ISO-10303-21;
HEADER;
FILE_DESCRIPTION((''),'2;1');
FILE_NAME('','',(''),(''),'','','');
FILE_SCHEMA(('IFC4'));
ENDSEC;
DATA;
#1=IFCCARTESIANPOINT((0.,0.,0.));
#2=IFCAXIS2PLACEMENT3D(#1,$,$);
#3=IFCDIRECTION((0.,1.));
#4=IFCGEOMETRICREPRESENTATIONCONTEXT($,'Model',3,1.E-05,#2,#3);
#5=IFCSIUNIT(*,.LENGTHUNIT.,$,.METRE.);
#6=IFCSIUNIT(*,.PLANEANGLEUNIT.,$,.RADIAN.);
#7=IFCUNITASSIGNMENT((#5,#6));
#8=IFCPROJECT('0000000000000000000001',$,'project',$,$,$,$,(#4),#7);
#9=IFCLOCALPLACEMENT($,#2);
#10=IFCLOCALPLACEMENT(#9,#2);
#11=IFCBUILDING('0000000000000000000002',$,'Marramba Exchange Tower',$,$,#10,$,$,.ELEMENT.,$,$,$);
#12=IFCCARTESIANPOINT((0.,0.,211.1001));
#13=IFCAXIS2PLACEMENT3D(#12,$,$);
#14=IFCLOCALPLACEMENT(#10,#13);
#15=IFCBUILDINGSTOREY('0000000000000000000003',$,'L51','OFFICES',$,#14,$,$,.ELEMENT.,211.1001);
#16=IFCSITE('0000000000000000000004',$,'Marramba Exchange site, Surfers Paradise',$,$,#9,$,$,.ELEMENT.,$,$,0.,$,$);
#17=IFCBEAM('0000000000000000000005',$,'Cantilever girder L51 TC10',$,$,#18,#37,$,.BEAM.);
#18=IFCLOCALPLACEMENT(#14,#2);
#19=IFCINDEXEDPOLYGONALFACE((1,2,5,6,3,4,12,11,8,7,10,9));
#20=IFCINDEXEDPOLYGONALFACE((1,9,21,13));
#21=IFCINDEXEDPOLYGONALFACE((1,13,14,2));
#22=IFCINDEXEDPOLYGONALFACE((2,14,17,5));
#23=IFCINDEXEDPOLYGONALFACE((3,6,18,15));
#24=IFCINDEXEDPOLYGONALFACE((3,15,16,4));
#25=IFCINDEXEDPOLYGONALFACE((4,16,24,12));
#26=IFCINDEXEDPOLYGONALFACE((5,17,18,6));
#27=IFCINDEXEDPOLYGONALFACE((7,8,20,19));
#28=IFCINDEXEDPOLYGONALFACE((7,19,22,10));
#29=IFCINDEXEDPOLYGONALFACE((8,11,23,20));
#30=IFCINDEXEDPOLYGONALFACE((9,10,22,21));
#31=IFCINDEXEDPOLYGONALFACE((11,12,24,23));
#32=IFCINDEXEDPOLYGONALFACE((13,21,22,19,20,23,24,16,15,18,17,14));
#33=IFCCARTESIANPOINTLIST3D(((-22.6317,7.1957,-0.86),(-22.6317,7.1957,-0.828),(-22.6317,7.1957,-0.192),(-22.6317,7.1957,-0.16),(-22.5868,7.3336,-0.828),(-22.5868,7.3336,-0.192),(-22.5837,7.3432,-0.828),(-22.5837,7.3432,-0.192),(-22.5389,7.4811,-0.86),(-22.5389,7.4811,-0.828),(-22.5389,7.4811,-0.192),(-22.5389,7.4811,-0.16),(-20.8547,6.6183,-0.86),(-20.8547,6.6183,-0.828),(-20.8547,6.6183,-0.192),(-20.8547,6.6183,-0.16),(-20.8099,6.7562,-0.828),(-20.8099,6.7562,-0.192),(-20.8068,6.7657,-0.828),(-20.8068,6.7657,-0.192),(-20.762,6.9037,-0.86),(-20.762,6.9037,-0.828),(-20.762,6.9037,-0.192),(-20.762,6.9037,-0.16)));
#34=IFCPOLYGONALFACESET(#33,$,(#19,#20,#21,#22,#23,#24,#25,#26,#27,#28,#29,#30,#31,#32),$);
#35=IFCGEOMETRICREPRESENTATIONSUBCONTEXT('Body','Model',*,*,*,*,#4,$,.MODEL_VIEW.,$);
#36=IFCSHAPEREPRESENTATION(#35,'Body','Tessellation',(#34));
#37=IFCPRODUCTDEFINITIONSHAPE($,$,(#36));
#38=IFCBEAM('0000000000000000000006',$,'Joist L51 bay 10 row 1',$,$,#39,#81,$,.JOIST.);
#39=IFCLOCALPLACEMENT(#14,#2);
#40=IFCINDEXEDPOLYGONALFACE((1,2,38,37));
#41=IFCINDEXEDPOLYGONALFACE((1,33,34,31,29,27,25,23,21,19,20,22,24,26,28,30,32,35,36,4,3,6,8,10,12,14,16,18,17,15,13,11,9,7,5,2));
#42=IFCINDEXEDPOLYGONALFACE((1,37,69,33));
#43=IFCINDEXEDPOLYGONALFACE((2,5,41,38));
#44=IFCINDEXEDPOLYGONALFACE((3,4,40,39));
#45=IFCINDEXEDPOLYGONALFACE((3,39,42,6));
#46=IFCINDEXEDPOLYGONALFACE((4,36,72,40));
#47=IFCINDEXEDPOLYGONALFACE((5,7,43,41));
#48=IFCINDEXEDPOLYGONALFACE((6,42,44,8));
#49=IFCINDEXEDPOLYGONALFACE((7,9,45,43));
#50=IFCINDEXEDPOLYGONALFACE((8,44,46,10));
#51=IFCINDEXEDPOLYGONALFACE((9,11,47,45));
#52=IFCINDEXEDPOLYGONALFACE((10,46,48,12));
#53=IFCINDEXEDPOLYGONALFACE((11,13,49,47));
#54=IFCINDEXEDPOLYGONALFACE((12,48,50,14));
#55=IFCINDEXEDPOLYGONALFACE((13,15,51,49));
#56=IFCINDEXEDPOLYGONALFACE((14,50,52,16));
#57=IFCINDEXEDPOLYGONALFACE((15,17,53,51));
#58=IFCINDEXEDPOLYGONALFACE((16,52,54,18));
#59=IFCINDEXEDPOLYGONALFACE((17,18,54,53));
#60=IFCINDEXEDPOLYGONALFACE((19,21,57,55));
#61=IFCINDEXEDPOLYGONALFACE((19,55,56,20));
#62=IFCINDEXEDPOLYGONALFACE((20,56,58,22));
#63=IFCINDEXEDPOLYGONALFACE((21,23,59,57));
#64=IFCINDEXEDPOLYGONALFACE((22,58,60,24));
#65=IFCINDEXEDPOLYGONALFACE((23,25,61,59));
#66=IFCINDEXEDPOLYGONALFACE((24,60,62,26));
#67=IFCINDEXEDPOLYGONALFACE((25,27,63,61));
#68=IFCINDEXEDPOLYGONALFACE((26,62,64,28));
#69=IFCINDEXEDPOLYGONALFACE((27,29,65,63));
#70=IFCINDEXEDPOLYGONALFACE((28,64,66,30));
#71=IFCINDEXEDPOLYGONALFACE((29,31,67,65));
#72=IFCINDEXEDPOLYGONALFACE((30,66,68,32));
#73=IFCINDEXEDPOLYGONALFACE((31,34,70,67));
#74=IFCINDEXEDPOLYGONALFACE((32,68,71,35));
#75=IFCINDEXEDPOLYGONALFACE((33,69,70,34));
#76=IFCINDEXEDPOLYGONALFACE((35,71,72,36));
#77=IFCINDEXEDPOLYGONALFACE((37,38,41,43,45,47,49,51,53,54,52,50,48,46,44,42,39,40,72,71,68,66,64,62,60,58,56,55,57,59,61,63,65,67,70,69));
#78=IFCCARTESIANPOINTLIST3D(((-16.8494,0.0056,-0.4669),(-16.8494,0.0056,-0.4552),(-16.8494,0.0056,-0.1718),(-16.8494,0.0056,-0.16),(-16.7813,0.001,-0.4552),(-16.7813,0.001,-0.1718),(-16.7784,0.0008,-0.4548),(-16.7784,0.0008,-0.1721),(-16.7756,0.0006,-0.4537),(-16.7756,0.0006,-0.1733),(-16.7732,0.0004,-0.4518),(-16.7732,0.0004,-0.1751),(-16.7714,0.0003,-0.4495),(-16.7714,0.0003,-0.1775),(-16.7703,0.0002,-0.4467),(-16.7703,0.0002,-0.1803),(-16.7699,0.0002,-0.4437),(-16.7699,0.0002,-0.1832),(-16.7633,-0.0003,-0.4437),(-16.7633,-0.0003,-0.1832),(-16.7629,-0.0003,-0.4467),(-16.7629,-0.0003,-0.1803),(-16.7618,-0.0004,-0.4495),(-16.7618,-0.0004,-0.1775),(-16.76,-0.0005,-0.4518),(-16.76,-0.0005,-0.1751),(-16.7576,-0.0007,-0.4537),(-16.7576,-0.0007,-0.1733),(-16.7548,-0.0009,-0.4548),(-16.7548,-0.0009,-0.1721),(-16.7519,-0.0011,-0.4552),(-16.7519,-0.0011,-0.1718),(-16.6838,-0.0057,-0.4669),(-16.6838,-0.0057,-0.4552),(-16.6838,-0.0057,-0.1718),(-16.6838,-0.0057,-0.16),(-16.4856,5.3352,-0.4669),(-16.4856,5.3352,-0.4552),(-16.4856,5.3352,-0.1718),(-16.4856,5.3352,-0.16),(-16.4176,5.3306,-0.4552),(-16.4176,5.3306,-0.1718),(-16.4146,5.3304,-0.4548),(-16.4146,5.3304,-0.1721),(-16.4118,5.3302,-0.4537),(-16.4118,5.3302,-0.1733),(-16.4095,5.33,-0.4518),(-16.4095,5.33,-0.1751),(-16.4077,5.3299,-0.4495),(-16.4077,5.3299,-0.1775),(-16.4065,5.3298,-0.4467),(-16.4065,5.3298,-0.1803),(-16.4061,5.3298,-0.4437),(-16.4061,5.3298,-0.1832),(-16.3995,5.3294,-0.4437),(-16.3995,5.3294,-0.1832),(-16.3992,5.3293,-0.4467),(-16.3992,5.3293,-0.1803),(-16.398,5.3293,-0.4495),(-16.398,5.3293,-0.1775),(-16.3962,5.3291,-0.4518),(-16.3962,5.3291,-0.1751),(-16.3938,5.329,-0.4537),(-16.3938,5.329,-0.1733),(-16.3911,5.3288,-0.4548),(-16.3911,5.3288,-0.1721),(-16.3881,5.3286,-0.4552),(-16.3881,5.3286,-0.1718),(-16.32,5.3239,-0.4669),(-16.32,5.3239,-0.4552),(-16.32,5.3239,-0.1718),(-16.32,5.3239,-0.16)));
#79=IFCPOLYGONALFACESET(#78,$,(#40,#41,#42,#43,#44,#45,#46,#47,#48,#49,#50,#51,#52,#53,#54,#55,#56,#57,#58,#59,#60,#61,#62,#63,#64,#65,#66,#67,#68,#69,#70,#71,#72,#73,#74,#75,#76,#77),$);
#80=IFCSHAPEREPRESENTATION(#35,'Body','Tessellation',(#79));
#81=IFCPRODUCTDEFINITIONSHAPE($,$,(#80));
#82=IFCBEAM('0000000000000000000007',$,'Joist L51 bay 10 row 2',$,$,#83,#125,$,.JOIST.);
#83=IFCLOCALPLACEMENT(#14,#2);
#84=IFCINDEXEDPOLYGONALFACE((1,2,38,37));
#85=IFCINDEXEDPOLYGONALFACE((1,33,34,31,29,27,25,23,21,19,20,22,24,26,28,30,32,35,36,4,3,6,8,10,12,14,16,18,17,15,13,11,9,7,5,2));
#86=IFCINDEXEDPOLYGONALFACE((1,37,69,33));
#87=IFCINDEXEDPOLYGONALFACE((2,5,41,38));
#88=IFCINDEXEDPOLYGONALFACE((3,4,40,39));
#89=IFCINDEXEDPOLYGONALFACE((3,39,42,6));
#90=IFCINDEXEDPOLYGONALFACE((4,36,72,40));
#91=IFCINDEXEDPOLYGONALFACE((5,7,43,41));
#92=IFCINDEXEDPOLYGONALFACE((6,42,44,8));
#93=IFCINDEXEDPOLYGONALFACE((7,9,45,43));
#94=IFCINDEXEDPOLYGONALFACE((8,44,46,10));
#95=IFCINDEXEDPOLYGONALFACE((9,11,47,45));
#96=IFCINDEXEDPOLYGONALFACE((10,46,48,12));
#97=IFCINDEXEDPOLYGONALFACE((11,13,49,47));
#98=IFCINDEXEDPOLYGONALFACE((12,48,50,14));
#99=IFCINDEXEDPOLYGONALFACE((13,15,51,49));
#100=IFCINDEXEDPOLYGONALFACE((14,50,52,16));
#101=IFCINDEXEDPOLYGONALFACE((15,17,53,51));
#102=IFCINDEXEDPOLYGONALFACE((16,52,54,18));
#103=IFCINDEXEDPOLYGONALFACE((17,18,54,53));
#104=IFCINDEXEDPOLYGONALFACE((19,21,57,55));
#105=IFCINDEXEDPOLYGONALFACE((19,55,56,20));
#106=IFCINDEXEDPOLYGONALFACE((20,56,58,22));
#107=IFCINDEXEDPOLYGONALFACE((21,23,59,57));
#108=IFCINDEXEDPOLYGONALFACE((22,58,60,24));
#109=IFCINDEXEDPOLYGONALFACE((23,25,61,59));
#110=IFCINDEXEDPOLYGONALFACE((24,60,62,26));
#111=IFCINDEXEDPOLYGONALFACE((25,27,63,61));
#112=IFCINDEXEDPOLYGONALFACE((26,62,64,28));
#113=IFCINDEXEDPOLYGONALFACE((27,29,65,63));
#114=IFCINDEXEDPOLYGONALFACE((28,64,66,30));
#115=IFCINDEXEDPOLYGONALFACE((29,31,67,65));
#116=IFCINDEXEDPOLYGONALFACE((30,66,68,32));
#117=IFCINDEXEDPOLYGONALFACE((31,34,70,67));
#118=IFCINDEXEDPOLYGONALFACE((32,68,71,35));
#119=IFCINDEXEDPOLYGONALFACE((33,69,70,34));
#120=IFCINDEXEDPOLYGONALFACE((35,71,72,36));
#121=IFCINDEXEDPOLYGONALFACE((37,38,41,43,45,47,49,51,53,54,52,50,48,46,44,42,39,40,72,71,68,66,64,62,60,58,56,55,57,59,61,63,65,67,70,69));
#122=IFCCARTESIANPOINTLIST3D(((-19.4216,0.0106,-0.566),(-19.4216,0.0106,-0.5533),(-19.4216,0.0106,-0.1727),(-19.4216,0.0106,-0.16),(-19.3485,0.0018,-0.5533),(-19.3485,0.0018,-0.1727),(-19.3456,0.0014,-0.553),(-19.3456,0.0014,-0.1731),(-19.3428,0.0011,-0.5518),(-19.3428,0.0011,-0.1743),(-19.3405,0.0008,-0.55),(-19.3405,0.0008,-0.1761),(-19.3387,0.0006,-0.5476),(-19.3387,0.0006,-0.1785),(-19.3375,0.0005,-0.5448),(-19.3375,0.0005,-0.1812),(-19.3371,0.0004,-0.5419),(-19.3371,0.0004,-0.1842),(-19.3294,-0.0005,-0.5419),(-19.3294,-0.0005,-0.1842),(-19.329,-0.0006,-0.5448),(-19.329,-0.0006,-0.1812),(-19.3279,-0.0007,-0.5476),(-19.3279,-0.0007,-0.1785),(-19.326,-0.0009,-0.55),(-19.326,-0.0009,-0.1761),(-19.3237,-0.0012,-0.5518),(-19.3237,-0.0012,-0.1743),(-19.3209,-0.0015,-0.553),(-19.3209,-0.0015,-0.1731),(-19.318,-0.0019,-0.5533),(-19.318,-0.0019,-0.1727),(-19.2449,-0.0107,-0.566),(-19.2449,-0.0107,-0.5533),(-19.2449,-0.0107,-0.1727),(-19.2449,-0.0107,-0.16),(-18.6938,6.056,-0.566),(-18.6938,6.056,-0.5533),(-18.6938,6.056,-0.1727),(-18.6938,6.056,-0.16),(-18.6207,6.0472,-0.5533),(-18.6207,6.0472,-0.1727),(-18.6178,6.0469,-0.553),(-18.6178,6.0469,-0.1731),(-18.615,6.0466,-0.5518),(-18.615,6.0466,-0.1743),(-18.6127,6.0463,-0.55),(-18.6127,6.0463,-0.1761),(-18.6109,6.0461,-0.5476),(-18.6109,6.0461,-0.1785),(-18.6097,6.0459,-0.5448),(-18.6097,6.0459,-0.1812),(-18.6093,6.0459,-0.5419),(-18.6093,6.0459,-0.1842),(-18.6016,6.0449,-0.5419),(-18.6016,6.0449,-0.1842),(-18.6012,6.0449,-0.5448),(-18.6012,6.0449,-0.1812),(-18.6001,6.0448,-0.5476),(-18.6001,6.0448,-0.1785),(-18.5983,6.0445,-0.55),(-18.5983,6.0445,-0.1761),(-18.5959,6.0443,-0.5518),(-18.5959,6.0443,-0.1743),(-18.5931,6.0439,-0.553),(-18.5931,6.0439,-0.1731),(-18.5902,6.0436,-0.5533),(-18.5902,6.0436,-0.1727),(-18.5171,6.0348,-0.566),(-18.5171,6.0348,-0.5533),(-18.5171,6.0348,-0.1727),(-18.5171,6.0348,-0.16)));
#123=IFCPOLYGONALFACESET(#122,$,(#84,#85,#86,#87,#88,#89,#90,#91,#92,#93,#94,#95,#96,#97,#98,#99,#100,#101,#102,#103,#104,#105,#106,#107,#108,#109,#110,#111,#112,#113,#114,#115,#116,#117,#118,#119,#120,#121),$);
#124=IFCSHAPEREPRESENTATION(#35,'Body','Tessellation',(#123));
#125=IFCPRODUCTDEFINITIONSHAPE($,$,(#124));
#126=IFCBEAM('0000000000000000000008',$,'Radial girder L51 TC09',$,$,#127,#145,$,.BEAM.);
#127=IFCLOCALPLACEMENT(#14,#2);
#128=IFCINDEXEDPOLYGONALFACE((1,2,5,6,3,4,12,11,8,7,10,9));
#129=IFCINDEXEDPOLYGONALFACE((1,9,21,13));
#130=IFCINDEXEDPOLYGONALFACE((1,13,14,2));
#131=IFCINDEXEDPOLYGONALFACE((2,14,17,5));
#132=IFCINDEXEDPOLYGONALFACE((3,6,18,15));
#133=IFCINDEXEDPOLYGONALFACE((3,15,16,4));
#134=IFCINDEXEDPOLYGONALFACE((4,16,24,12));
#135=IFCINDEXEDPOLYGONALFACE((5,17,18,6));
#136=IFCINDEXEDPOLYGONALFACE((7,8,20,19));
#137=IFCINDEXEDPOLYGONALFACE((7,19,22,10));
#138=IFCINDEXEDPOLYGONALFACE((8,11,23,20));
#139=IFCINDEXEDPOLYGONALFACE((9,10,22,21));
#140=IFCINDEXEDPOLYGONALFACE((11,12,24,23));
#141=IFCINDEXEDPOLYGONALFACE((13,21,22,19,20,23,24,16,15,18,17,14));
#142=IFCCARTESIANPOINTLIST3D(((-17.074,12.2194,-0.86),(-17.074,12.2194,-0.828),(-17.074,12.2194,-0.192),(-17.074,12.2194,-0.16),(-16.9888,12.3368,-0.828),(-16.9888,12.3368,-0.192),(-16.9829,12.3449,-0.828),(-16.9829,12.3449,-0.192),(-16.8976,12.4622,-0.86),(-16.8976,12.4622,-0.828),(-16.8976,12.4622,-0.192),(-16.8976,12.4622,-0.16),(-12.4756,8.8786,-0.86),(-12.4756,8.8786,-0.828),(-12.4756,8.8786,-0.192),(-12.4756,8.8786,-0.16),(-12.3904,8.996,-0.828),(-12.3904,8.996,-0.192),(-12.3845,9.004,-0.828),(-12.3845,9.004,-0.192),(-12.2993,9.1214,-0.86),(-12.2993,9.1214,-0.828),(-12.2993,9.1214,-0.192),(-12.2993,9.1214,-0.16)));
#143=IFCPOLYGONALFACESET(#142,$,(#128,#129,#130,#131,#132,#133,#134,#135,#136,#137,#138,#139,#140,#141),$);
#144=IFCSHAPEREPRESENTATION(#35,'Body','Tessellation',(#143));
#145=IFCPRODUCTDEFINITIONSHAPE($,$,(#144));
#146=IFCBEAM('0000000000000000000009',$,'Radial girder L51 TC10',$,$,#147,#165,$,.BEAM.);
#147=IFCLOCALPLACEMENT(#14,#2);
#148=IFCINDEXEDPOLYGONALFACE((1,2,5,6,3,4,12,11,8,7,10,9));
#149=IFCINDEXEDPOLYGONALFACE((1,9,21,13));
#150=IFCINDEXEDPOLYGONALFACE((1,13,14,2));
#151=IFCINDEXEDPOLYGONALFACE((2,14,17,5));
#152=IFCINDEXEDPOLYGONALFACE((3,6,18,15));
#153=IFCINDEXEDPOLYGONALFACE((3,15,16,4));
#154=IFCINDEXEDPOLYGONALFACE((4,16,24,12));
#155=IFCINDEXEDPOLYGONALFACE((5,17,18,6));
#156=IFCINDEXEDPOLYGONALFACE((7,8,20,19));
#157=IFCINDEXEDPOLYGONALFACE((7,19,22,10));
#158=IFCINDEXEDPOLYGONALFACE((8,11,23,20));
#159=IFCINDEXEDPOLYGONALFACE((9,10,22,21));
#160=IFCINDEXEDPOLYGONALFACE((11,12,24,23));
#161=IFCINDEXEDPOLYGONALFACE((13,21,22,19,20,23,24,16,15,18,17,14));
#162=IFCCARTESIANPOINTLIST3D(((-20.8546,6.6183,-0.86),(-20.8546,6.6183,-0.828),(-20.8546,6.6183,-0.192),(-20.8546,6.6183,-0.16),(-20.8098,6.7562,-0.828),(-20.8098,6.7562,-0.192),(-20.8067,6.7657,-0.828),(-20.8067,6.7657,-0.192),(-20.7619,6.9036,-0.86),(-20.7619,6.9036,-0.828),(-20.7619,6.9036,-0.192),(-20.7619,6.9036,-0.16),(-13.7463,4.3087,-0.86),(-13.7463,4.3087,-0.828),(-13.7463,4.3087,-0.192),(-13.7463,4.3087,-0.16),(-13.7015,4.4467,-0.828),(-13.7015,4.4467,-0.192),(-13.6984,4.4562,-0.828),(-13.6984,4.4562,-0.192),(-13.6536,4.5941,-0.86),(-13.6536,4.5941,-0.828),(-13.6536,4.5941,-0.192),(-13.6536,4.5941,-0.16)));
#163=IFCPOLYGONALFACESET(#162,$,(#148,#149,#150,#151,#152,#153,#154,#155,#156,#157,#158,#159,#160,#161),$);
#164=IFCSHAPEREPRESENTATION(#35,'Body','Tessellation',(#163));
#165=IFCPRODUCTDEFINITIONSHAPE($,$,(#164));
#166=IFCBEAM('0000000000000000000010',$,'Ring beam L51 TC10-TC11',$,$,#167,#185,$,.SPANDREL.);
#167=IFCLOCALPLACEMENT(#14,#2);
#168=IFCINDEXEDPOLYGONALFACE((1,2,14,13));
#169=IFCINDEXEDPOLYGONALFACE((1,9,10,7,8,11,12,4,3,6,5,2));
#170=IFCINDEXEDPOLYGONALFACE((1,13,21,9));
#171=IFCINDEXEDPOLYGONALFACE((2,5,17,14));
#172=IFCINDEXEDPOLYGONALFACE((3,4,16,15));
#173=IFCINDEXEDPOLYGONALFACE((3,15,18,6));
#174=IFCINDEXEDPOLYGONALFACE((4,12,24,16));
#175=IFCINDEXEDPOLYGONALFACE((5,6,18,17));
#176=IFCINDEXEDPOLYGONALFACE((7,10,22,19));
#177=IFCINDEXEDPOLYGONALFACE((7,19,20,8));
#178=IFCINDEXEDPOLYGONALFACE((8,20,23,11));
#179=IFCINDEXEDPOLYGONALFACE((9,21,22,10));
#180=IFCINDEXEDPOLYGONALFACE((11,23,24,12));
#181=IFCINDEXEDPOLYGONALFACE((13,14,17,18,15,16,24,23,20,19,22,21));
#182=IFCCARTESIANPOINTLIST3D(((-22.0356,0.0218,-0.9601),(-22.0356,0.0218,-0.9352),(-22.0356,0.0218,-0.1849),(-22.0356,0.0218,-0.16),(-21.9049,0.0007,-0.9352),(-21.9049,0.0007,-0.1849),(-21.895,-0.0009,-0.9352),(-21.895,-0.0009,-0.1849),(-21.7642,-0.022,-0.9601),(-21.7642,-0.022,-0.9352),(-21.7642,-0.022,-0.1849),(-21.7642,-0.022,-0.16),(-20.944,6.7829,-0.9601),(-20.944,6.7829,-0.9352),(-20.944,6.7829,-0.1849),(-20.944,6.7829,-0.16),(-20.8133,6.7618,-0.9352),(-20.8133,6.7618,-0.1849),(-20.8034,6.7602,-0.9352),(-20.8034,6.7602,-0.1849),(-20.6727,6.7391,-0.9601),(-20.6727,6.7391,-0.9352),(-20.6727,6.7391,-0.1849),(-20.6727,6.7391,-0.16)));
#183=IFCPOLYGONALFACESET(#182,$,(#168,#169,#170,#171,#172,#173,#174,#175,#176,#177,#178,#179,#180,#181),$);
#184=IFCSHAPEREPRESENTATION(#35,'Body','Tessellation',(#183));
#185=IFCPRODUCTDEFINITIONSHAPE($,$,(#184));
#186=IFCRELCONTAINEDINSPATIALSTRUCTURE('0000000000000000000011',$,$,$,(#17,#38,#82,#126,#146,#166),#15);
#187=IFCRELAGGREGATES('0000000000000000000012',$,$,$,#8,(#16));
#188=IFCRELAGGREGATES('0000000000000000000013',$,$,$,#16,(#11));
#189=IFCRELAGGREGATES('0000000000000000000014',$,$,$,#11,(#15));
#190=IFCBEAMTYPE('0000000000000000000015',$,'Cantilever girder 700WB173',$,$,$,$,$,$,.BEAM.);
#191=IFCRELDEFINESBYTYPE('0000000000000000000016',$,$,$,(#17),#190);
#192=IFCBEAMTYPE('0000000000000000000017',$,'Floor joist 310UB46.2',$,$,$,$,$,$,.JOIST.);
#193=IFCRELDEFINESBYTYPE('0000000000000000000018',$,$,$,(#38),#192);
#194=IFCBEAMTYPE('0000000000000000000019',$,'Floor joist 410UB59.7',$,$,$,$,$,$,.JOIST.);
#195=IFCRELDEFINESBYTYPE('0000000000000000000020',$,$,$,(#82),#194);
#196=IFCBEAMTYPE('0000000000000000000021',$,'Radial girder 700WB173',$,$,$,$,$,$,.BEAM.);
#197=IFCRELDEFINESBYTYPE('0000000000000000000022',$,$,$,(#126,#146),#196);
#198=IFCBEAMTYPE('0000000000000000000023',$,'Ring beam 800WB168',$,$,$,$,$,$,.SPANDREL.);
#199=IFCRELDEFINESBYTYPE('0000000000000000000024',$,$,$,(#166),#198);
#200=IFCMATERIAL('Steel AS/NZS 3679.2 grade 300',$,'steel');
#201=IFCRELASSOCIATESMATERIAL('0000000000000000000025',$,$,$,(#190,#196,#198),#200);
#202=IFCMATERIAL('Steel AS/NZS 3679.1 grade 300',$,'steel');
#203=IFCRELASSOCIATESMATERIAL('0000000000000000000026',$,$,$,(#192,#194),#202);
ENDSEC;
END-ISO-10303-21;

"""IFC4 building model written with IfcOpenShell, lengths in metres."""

from ifc_helpers import new_model, si_unit, direction, frame, origin, origin_2d, place, context, subcontext, project, spatial, i_section, extrude, material, material_profile, profile_set, type_object, element, save


model = new_model("IFC4")

# Units and contexts
model_context = context("Model", 3, precision=1e-05, world=origin(), true_north=direction((0.0, 1.0)))
body_context = subcontext(model_context, "Body", "Model", "MODEL_VIEW")
ifc_project = project(units=[si_unit("LENGTHUNIT", "METRE"), si_unit("PLANEANGLEUNIT", "RADIAN")], contexts=[model_context])

# Site, building, storey
site_placement = place(None, origin())
site = spatial("IfcSite", under=ifc_project, at=site_placement, Name="Marramba Exchange site, Surfers Paradise", CompositionType="ELEMENT", RefElevation=0.0)
building_placement = place(site_placement, origin())
building = spatial("IfcBuilding", under=site, at=building_placement, Name="Marramba Exchange Tower", CompositionType="ELEMENT")
storey_placement = place(building_placement, frame((0.0, 0.0, 211.1001)))
storey = spatial("IfcBuildingStorey", under=building, at=storey_placement, Name="L51", Description="OFFICES", CompositionType="ELEMENT", Elevation=211.1001)

# Beams
ifc_material_1 = material(Name="Steel AS/NZS 3679.2 grade 300", Category="steel")
ifc_material_profile_1 = material_profile(ifc_material_1, i_section(OverallWidth=0.3, OverallDepth=0.7, WebThickness=0.01, FlangeThickness=0.032, at=origin_2d()), Name="700WB173")
ifc_profile_set_1 = profile_set([ifc_material_profile_1], Name="Steel AS/NZS 3679.2 grade 300")
beam_type_1 = type_object("IfcBeamType", Name="Cantilever girder 700WB173", PredefinedType="BEAM", material=ifc_profile_set_1)
beam_1_placement = place(storey_placement, frame((-20.8083, 6.761, -0.51), z_axis=(-0.951048, 0.309045, 0.0), x_axis=(-0.309045, -0.951048, 0.0)))
element("IfcBeam", 1, at=beam_1_placement, inside=storey, type_object=beam_type_1, Name="Cantilever girder L51 TC10", PredefinedType="BEAM", context=body_context, shape_type="SweptSolid", body=[
    extrude(i_section(OverallWidth=0.3, OverallDepth=0.7, WebThickness=0.01, FlangeThickness=0.032, at=origin_2d()), origin(), (0.0, 0.0, 1.0), 1.8684),
])
ifc_material_2 = material(Name="Steel AS/NZS 3679.1 grade 300", Category="steel")
ifc_material_profile_2 = material_profile(ifc_material_2, i_section(OverallWidth=0.166, OverallDepth=0.3069, WebThickness=0.0066, FlangeThickness=0.0117, FilletRadius=0.0115, at=origin_2d()), Name="310UB46.2")
ifc_profile_set_2 = profile_set([ifc_material_profile_2], Name="Steel AS/NZS 3679.1 grade 300")
beam_type_2 = type_object("IfcBeamType", Name="Floor joist 310UB46.2", PredefinedType="JOIST", material=ifc_profile_set_2)
beam_2_placement = place(storey_placement, frame((-16.4028, 5.3296, -0.3135), z_axis=(-0.068096, -0.997679, 0.0), x_axis=(0.997679, -0.068096, 0.0)))
element("IfcBeam", 2, at=beam_2_placement, inside=storey, type_object=beam_type_2, Name="Joist L51 bay 10 row 1", PredefinedType="JOIST", context=body_context, shape_type="SweptSolid", body=[
    extrude(i_section(OverallWidth=0.166, OverallDepth=0.3069, WebThickness=0.0066, FlangeThickness=0.0117, FilletRadius=0.0115, at=origin_2d()), origin(), (0.0, 0.0, 1.0), 5.342),
])
ifc_material_profile_3 = material_profile(ifc_material_2, i_section(OverallWidth=0.178, OverallDepth=0.406, WebThickness=0.0078, FlangeThickness=0.0127, FilletRadius=0.0115, at=origin_2d()), Name="410UB59.7")
ifc_profile_set_3 = profile_set([ifc_material_profile_3], Name="Steel AS/NZS 3679.1 grade 300")
beam_type_3 = type_object("IfcBeamType", Name="Floor joist 410UB59.7", PredefinedType="JOIST", material=ifc_profile_set_3)
beam_3_placement = place(storey_placement, frame((-18.6055, 6.0454, -0.363), z_axis=(-0.119523, -0.992831, 0.0), x_axis=(0.992831, -0.119523, 0.0)))
element("IfcBeam", 3, at=beam_3_placement, inside=storey, type_object=beam_type_3, Name="Joist L51 bay 10 row 2", PredefinedType="JOIST", context=body_context, shape_type="SweptSolid", body=[
    extrude(i_section(OverallWidth=0.178, OverallDepth=0.406, WebThickness=0.0078, FlangeThickness=0.0127, FilletRadius=0.0115, at=origin_2d()), origin(), (0.0, 0.0, 1.0), 6.0891),
])
ifc_material_profile_4 = material_profile(ifc_material_1, i_section(OverallWidth=0.3, OverallDepth=0.7, WebThickness=0.01, FlangeThickness=0.032, at=origin_2d()), Name="700WB173")
ifc_profile_set_4 = profile_set([ifc_material_profile_4], Name="Steel AS/NZS 3679.2 grade 300")
beam_type_4 = type_object("IfcBeamType", Name="Radial girder 700WB173", PredefinedType="BEAM", material=ifc_profile_set_4)
beam_4_placement = place(storey_placement, frame((-12.3875, 9.0, -0.51), z_axis=(-0.809026, 0.587773, 0.0), x_axis=(-0.587773, -0.809026, 0.0)))
element("IfcBeam", 4, at=beam_4_placement, inside=storey, type_object=beam_type_4, Name="Radial girder L51 TC09", PredefinedType="BEAM", context=body_context, shape_type="SweptSolid", body=[
    extrude(i_section(OverallWidth=0.3, OverallDepth=0.7, WebThickness=0.01, FlangeThickness=0.032, at=origin_2d()), origin(), (0.0, 0.0, 1.0), 5.6838),
])
beam_5_placement = place(storey_placement, frame((-13.7, 4.4514, -0.51), z_axis=(-0.95106, 0.309006, 0.0), x_axis=(-0.309006, -0.95106, 0.0)))
element("IfcBeam", 5, at=beam_5_placement, inside=storey, type_object=beam_type_4, Name="Radial girder L51 TC10", PredefinedType="BEAM", context=body_context, shape_type="SweptSolid", body=[
    extrude(i_section(OverallWidth=0.3, OverallDepth=0.7, WebThickness=0.01, FlangeThickness=0.032, at=origin_2d()), origin(), (0.0, 0.0, 1.0), 7.4741),
])
ifc_material_profile_5 = material_profile(ifc_material_1, i_section(OverallWidth=0.2749, OverallDepth=0.8, WebThickness=0.01, FlangeThickness=0.0249, at=origin_2d()), Name="800WB168")
ifc_profile_set_5 = profile_set([ifc_material_profile_5], Name="Steel AS/NZS 3679.2 grade 300")
beam_type_5 = type_object("IfcBeamType", Name="Ring beam 800WB168", PredefinedType="SPANDREL", material=ifc_profile_set_5)
beam_6_placement = place(storey_placement, frame((-20.8083, 6.761, -0.5601), z_axis=(-0.159385, -0.987217, 0.0), x_axis=(0.987217, -0.159385, 0.0)))
element("IfcBeam", 6, at=beam_6_placement, inside=storey, type_object=beam_type_5, Name="Ring beam L51 TC10-TC11", PredefinedType="SPANDREL", context=body_context, shape_type="SweptSolid", body=[
    extrude(i_section(OverallWidth=0.2749, OverallDepth=0.8, WebThickness=0.01, FlangeThickness=0.0249, at=origin_2d()), origin(), (0.0, 0.0, 1.0), 6.8486),
])

save(model, "model.ifc")
